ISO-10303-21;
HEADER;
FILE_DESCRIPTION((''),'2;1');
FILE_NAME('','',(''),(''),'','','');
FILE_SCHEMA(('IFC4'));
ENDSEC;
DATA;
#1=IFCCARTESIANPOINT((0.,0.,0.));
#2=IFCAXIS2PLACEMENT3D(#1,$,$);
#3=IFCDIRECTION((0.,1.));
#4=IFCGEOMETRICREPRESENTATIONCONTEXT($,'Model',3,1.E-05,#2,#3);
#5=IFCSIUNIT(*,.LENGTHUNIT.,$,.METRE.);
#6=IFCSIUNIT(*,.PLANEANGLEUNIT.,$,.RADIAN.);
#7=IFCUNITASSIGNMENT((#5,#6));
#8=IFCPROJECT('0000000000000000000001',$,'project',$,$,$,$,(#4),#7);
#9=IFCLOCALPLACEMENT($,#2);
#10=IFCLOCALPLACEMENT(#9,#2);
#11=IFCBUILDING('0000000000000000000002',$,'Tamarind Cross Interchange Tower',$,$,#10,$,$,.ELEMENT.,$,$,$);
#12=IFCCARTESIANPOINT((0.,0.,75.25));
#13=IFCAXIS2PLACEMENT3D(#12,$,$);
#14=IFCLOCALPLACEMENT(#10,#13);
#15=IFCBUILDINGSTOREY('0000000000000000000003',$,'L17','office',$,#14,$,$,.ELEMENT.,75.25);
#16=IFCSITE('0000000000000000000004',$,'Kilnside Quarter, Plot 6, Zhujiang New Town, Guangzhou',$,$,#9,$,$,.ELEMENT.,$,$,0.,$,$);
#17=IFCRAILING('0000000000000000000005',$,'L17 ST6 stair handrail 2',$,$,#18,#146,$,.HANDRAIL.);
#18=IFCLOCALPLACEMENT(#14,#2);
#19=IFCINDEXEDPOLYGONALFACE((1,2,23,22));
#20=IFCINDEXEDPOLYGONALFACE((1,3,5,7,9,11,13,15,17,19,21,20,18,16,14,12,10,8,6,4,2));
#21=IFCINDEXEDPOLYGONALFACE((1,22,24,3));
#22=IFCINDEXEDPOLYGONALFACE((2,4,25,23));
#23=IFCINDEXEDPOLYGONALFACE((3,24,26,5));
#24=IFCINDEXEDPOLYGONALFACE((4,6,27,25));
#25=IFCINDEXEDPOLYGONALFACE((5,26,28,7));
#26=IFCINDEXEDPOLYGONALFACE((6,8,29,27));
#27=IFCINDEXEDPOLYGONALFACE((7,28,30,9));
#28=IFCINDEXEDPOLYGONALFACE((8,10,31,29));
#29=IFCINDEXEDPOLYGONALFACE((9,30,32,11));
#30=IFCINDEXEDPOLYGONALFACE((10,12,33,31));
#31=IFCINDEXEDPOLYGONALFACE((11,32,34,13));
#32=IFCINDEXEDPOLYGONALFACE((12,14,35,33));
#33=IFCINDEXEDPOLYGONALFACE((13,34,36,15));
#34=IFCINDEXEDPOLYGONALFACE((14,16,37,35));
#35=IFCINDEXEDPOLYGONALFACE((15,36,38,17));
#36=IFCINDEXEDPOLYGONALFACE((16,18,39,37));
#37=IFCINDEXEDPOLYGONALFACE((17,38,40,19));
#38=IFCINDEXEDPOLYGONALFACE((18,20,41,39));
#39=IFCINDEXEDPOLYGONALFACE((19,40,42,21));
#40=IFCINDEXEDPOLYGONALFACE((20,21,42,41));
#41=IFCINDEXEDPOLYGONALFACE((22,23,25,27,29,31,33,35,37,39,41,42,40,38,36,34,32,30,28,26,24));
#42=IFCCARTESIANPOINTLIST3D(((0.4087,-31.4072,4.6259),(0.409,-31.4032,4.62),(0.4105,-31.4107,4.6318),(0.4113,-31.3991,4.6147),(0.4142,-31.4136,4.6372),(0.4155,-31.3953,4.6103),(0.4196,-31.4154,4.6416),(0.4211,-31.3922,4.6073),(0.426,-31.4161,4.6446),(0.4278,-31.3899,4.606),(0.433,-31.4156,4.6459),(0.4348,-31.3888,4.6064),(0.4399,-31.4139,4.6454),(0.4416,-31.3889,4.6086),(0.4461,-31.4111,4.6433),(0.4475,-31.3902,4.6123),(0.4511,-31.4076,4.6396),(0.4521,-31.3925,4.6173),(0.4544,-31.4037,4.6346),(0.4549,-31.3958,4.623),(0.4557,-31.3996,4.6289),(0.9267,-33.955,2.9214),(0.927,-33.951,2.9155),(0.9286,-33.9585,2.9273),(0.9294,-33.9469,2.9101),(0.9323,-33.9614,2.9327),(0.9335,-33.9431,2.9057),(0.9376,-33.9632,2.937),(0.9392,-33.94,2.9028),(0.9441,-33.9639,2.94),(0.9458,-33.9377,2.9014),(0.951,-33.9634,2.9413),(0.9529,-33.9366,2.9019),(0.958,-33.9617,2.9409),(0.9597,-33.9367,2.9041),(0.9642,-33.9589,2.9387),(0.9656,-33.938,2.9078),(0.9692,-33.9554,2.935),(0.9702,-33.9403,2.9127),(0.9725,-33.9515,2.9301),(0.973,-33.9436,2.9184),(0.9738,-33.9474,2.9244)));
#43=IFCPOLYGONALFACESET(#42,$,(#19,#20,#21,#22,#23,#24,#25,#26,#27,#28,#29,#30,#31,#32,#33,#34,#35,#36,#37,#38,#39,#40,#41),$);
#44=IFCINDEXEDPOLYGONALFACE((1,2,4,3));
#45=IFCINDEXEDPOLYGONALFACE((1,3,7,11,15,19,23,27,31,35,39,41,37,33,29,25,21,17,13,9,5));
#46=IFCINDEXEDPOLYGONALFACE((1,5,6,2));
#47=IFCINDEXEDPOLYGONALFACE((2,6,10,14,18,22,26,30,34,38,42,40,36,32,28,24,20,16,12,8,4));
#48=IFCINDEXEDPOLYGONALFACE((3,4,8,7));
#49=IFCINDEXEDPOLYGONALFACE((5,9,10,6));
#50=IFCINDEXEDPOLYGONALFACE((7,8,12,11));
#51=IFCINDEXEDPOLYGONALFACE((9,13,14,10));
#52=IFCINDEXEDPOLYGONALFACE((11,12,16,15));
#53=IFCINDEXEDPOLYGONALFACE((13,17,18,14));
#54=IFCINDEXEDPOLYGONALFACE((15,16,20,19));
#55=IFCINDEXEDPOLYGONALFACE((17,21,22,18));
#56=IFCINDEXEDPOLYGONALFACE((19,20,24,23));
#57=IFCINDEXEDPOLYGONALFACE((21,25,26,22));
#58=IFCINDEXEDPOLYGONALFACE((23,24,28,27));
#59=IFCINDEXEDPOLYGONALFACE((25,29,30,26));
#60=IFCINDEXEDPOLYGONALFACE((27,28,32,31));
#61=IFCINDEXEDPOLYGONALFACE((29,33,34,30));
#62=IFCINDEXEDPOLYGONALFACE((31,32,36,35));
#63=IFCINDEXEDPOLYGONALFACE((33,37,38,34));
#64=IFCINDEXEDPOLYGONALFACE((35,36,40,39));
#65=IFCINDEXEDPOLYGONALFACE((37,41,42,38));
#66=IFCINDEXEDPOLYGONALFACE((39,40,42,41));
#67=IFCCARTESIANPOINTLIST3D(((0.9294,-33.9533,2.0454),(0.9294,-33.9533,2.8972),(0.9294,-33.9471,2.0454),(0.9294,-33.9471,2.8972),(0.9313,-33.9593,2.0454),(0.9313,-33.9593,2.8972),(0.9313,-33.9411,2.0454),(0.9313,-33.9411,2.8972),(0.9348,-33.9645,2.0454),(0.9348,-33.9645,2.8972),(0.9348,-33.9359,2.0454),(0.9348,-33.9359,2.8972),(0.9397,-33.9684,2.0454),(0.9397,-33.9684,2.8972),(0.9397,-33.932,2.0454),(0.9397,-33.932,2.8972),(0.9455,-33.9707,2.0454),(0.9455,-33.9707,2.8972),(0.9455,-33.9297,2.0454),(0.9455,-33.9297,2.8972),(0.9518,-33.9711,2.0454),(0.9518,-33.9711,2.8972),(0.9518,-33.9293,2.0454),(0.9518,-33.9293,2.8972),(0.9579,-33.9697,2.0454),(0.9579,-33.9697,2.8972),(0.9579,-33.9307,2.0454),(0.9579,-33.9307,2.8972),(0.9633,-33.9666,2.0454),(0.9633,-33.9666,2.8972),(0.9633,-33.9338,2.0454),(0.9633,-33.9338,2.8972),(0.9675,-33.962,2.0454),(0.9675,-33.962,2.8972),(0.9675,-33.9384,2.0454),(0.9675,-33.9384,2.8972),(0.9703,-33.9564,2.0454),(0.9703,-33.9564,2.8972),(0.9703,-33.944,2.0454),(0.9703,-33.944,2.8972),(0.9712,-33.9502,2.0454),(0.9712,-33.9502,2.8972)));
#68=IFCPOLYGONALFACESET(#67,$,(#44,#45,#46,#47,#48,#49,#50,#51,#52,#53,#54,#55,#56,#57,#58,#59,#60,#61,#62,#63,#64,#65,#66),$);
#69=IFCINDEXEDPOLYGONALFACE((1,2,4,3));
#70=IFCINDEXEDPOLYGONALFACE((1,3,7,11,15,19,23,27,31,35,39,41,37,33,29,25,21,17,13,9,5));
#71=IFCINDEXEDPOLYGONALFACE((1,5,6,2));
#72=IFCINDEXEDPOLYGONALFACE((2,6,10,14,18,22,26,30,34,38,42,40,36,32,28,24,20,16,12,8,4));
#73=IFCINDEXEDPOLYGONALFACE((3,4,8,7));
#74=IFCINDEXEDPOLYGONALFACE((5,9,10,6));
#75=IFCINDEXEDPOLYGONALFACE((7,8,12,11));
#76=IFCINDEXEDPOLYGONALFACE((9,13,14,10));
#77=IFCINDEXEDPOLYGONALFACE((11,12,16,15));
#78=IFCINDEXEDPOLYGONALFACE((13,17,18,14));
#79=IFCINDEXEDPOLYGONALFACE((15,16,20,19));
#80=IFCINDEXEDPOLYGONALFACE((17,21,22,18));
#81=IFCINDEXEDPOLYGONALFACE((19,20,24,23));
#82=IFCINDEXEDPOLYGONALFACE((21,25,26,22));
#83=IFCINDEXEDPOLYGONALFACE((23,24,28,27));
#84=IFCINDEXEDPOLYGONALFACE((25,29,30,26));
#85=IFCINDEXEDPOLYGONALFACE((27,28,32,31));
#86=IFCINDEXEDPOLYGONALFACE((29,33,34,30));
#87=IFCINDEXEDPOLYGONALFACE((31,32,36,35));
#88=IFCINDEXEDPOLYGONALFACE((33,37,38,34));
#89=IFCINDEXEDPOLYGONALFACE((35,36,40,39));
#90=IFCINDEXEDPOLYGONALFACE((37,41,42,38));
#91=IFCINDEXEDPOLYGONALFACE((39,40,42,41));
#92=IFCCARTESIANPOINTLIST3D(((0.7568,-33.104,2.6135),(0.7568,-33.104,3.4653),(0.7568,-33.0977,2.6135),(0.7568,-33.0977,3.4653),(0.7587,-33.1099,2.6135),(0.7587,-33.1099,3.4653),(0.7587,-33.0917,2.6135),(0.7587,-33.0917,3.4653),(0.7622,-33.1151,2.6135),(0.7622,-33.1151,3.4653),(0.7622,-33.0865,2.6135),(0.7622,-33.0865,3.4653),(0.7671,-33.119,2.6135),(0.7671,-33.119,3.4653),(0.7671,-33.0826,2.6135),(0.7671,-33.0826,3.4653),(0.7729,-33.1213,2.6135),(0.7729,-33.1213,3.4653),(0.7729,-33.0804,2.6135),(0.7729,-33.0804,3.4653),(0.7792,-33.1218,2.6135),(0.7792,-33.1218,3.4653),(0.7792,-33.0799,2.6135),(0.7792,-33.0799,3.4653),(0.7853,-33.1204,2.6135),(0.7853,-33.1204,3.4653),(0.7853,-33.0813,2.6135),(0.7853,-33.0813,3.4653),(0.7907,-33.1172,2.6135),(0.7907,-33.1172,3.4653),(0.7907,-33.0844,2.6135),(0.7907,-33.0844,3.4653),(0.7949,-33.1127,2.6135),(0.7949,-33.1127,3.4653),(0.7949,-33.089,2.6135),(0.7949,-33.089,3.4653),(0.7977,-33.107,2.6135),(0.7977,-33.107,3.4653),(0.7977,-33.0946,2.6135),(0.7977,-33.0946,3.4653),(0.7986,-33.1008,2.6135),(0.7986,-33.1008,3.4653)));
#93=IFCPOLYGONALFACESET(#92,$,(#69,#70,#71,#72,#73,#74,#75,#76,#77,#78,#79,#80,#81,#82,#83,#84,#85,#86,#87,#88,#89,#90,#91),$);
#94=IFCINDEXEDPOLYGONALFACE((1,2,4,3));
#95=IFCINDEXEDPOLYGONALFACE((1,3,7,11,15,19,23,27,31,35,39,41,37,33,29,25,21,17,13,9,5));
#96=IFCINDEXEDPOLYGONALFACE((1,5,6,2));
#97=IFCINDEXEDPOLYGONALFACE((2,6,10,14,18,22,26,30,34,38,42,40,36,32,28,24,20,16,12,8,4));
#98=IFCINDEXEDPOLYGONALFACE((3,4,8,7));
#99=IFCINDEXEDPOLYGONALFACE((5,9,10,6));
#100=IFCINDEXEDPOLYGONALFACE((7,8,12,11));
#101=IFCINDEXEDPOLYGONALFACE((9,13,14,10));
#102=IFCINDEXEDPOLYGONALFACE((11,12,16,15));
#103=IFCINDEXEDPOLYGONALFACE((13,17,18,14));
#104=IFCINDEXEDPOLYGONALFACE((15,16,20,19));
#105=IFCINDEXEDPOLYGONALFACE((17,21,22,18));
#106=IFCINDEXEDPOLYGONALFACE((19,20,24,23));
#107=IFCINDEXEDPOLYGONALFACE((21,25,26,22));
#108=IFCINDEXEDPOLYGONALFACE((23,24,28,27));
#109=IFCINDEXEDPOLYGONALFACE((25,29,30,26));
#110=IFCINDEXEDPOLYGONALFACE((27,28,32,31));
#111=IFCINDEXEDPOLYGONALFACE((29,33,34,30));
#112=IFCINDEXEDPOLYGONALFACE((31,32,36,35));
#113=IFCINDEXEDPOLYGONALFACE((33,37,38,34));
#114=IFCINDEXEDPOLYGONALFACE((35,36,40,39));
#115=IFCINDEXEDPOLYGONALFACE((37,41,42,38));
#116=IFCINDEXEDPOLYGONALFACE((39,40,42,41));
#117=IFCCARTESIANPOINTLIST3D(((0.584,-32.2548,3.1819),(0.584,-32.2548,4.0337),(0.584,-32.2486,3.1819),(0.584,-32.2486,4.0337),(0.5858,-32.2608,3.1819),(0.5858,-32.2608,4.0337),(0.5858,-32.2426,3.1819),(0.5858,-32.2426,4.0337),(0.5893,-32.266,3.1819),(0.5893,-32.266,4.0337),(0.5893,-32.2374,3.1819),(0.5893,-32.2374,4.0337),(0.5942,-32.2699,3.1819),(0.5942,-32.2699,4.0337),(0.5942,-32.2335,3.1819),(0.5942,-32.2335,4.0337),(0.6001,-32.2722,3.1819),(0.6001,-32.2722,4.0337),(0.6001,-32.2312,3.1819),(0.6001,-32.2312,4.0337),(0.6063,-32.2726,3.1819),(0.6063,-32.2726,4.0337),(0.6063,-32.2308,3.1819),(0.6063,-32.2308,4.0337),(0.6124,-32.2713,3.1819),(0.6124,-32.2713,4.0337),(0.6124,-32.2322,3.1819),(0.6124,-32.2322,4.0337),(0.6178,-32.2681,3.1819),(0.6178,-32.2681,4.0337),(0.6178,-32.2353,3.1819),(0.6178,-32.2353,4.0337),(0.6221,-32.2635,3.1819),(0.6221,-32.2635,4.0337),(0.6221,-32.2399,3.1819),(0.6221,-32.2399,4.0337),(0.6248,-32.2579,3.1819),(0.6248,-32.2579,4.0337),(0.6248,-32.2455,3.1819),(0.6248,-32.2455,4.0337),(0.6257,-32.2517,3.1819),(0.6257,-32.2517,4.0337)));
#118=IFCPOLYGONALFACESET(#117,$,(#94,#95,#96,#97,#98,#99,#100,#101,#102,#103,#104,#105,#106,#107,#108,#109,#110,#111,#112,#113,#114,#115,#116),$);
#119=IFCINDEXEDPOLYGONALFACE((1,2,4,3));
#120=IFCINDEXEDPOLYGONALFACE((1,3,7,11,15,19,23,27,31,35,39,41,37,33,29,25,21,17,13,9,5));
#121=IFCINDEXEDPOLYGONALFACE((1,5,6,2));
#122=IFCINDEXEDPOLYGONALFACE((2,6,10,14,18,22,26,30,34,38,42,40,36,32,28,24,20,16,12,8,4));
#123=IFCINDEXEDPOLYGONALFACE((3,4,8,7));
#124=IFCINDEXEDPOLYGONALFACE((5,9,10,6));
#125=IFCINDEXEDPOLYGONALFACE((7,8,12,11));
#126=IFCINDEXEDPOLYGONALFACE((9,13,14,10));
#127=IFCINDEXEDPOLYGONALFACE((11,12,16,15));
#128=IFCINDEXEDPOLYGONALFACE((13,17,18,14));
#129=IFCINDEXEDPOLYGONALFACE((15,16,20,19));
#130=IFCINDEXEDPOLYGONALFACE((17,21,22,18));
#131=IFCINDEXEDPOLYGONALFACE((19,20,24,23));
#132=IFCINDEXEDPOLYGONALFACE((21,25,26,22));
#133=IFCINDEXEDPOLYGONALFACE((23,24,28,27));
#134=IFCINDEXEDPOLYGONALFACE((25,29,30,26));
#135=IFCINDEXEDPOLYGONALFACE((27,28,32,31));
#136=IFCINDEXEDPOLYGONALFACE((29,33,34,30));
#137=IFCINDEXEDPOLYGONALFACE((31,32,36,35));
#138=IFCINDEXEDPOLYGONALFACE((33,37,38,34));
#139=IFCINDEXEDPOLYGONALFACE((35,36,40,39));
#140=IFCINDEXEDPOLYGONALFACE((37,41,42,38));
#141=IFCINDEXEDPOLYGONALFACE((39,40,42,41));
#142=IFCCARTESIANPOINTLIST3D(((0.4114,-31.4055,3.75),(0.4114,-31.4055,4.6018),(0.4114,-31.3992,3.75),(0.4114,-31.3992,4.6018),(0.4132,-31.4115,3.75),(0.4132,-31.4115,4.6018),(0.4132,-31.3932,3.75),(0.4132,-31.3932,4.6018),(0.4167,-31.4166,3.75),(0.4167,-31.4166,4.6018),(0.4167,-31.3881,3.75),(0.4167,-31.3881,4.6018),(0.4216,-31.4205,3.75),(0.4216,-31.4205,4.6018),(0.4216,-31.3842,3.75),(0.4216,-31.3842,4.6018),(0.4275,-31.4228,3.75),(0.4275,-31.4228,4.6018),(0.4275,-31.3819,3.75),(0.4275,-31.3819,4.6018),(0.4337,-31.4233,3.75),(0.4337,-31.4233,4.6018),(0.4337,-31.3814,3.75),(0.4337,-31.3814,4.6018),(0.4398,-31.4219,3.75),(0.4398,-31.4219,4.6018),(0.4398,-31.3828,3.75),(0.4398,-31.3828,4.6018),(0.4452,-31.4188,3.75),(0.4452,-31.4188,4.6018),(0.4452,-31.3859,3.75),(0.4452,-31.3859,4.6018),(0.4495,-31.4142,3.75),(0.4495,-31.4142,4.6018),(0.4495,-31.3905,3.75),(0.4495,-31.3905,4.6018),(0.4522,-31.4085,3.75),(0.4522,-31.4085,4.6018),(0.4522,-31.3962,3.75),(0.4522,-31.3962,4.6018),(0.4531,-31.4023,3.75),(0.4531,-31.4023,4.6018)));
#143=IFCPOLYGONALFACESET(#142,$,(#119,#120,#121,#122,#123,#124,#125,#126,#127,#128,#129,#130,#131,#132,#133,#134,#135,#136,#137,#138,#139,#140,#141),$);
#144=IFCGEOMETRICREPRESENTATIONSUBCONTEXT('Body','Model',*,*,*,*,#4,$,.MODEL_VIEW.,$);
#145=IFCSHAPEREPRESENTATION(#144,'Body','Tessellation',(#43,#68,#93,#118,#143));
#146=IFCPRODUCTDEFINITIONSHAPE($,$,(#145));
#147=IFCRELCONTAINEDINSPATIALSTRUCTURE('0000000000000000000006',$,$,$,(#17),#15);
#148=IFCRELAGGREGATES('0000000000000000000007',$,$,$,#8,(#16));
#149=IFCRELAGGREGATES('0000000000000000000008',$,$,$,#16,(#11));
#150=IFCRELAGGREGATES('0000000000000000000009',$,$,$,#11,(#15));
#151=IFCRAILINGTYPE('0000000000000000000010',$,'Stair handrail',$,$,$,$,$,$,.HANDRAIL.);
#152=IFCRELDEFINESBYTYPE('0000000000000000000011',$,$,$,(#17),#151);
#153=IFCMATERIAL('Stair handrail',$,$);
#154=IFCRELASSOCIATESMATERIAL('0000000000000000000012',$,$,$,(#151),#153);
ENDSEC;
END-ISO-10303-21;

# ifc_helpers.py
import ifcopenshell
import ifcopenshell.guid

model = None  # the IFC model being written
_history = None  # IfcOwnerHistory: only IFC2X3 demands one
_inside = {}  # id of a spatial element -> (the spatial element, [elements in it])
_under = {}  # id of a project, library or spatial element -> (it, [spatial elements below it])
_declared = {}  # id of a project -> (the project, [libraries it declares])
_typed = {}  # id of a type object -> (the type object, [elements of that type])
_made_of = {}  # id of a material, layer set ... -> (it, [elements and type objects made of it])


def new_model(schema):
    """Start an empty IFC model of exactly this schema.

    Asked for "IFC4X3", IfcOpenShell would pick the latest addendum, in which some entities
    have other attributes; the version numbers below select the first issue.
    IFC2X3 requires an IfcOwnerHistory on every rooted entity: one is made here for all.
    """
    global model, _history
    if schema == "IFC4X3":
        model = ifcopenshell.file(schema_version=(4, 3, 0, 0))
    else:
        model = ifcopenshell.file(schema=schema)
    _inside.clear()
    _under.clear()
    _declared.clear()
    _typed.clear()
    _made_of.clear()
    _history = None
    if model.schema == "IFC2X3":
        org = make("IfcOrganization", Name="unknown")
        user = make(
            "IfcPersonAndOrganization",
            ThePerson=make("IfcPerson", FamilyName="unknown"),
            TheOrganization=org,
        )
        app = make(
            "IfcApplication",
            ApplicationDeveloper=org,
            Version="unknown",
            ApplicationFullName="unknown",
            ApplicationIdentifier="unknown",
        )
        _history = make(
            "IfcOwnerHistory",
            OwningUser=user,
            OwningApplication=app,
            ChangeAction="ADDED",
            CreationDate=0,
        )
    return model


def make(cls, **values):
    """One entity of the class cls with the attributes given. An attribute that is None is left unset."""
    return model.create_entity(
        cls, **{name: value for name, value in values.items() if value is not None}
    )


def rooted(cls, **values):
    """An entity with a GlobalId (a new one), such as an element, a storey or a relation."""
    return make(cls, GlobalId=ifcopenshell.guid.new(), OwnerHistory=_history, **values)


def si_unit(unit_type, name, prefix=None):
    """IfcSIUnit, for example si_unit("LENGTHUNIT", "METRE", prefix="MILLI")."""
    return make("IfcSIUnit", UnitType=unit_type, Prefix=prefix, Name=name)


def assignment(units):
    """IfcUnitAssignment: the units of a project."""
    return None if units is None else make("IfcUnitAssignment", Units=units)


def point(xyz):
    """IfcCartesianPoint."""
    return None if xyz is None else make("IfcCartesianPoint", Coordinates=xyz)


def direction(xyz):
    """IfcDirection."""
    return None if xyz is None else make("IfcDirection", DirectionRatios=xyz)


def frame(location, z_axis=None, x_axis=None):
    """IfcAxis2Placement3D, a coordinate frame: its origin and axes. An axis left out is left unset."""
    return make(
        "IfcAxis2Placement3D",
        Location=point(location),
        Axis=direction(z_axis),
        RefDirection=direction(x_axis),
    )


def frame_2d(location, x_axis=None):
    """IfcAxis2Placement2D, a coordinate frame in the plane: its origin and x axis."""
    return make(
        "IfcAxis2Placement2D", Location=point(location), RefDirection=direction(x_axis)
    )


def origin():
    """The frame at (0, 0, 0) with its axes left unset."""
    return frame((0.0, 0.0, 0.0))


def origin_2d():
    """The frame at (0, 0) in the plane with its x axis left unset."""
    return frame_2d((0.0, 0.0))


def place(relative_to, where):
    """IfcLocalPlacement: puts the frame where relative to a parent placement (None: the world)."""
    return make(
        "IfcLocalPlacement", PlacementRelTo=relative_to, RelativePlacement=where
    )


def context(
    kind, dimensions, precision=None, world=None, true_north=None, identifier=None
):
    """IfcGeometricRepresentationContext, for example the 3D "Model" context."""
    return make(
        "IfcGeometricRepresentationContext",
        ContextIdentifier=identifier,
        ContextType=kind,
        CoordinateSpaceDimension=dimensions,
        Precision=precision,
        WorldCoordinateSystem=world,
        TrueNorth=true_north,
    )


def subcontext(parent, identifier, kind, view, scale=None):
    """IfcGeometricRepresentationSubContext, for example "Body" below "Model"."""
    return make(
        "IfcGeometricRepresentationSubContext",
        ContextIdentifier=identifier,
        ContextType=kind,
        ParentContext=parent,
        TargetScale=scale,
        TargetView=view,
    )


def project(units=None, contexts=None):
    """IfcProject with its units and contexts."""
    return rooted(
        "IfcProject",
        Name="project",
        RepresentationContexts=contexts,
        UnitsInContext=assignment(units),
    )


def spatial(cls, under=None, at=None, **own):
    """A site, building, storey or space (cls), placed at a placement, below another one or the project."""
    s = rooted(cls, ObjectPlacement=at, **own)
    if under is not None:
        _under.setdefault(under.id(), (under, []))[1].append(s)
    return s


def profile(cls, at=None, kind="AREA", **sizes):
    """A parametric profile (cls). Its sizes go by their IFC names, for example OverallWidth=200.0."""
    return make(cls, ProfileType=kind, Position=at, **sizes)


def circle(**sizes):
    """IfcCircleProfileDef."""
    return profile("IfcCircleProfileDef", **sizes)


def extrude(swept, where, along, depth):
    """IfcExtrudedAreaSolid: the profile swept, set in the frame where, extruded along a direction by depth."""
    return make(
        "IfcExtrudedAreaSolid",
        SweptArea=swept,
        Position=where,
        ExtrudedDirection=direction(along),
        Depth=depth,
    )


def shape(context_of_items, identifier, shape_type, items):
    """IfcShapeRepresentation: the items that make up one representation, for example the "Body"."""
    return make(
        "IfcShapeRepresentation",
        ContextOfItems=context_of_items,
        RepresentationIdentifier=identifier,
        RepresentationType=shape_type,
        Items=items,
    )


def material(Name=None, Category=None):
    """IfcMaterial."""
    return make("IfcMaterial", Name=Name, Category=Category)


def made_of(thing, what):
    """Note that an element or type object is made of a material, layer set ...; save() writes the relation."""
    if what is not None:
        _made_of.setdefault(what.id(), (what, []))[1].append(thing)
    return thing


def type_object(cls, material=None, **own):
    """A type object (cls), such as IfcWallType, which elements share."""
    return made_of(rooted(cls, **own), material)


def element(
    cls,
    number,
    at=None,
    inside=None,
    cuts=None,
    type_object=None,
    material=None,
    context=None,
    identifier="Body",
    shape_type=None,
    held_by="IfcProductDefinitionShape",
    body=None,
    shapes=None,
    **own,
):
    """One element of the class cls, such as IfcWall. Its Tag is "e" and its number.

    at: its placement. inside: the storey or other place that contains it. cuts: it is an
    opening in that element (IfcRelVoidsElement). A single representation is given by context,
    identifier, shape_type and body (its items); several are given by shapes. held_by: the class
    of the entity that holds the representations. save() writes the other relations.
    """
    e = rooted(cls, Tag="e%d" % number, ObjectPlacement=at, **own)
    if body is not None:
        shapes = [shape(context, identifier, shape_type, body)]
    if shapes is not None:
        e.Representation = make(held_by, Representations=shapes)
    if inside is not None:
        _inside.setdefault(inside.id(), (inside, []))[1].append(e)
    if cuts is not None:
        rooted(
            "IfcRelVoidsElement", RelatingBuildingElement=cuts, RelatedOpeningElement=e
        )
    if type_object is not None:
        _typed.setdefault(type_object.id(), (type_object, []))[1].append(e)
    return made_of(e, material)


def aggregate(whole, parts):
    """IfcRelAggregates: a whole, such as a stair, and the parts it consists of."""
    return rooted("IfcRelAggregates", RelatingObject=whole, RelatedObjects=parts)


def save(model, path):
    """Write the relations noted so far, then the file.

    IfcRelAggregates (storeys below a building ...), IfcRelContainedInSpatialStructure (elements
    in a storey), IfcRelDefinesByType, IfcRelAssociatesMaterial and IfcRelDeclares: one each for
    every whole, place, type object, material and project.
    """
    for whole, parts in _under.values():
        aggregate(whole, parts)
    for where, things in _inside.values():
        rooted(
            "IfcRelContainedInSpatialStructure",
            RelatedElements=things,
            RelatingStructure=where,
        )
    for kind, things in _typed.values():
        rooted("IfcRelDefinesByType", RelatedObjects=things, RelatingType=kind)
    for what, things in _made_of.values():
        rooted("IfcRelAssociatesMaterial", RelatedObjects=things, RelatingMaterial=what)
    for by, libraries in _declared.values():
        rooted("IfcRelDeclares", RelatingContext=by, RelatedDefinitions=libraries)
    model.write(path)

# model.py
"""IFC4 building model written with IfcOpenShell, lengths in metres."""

from ifc_helpers import new_model, si_unit, direction, frame, origin, origin_2d, place, context, subcontext, project, spatial, circle, extrude, material, type_object, element, save


model = new_model("IFC4")

# Units and contexts
model_context = context("Model", 3, precision=1e-05, world=origin(), true_north=direction((0.0, 1.0)))
body_context = subcontext(model_context, "Body", "Model", "MODEL_VIEW")
ifc_project = project(units=[si_unit("LENGTHUNIT", "METRE"), si_unit("PLANEANGLEUNIT", "RADIAN")], contexts=[model_context])

# Site, building, storey
site_placement = place(None, origin())
site = spatial("IfcSite", under=ifc_project, at=site_placement, Name="Kilnside Quarter, Plot 6, Zhujiang New Town, Guangzhou", CompositionType="ELEMENT", RefElevation=0.0)
building_placement = place(site_placement, origin())
building = spatial("IfcBuilding", under=site, at=building_placement, Name="Tamarind Cross Interchange Tower", CompositionType="ELEMENT")
storey_placement = place(building_placement, frame((0.0, 0.0, 75.25)))
storey = spatial("IfcBuildingStorey", under=building, at=storey_placement, Name="L17", Description="office", CompositionType="ELEMENT", Elevation=75.25)

# Railing
ifc_material_1 = material(Name="Stair handrail")
railing_type = type_object("IfcRailingType", Name="Stair handrail", PredefinedType="HANDRAIL", material=ifc_material_1)
railing_placement = place(storey_placement, frame((0.9502, -33.9502, 2.0454)))
element("IfcRailing", 1, at=railing_placement, inside=storey, type_object=railing_type, Name="L17 ST6 stair handrail 2", PredefinedType="HANDRAIL", context=body_context, shape_type="SweptSolid", body=[
    extrude(circle(Radius=0.0239, at=origin_2d()), frame((0.0, 0.0, 0.876), z_axis=(-0.166637, 0.819522, 0.548285), x_axis=(-0.979947, -0.199257, 0.0)), (0.0, 0.0, 1.0), 3.1089),
    extrude(circle(Radius=0.021, at=origin_2d()), origin(), (0.0, 0.0, 1.0), 0.8518),
    extrude(circle(Radius=0.021, at=origin_2d()), frame((-0.1726, 0.8494, 0.5681)), (0.0, 0.0, 1.0), 0.8518),
    extrude(circle(Radius=0.021, at=origin_2d()), frame((-0.3455, 1.6985, 1.1365)), (0.0, 0.0, 1.0), 0.8518),
    extrude(circle(Radius=0.021, at=origin_2d()), frame((-0.5181, 2.5479, 1.7046)), (0.0, 0.0, 1.0), 0.8518),
])

save(model, "model.ifc")
